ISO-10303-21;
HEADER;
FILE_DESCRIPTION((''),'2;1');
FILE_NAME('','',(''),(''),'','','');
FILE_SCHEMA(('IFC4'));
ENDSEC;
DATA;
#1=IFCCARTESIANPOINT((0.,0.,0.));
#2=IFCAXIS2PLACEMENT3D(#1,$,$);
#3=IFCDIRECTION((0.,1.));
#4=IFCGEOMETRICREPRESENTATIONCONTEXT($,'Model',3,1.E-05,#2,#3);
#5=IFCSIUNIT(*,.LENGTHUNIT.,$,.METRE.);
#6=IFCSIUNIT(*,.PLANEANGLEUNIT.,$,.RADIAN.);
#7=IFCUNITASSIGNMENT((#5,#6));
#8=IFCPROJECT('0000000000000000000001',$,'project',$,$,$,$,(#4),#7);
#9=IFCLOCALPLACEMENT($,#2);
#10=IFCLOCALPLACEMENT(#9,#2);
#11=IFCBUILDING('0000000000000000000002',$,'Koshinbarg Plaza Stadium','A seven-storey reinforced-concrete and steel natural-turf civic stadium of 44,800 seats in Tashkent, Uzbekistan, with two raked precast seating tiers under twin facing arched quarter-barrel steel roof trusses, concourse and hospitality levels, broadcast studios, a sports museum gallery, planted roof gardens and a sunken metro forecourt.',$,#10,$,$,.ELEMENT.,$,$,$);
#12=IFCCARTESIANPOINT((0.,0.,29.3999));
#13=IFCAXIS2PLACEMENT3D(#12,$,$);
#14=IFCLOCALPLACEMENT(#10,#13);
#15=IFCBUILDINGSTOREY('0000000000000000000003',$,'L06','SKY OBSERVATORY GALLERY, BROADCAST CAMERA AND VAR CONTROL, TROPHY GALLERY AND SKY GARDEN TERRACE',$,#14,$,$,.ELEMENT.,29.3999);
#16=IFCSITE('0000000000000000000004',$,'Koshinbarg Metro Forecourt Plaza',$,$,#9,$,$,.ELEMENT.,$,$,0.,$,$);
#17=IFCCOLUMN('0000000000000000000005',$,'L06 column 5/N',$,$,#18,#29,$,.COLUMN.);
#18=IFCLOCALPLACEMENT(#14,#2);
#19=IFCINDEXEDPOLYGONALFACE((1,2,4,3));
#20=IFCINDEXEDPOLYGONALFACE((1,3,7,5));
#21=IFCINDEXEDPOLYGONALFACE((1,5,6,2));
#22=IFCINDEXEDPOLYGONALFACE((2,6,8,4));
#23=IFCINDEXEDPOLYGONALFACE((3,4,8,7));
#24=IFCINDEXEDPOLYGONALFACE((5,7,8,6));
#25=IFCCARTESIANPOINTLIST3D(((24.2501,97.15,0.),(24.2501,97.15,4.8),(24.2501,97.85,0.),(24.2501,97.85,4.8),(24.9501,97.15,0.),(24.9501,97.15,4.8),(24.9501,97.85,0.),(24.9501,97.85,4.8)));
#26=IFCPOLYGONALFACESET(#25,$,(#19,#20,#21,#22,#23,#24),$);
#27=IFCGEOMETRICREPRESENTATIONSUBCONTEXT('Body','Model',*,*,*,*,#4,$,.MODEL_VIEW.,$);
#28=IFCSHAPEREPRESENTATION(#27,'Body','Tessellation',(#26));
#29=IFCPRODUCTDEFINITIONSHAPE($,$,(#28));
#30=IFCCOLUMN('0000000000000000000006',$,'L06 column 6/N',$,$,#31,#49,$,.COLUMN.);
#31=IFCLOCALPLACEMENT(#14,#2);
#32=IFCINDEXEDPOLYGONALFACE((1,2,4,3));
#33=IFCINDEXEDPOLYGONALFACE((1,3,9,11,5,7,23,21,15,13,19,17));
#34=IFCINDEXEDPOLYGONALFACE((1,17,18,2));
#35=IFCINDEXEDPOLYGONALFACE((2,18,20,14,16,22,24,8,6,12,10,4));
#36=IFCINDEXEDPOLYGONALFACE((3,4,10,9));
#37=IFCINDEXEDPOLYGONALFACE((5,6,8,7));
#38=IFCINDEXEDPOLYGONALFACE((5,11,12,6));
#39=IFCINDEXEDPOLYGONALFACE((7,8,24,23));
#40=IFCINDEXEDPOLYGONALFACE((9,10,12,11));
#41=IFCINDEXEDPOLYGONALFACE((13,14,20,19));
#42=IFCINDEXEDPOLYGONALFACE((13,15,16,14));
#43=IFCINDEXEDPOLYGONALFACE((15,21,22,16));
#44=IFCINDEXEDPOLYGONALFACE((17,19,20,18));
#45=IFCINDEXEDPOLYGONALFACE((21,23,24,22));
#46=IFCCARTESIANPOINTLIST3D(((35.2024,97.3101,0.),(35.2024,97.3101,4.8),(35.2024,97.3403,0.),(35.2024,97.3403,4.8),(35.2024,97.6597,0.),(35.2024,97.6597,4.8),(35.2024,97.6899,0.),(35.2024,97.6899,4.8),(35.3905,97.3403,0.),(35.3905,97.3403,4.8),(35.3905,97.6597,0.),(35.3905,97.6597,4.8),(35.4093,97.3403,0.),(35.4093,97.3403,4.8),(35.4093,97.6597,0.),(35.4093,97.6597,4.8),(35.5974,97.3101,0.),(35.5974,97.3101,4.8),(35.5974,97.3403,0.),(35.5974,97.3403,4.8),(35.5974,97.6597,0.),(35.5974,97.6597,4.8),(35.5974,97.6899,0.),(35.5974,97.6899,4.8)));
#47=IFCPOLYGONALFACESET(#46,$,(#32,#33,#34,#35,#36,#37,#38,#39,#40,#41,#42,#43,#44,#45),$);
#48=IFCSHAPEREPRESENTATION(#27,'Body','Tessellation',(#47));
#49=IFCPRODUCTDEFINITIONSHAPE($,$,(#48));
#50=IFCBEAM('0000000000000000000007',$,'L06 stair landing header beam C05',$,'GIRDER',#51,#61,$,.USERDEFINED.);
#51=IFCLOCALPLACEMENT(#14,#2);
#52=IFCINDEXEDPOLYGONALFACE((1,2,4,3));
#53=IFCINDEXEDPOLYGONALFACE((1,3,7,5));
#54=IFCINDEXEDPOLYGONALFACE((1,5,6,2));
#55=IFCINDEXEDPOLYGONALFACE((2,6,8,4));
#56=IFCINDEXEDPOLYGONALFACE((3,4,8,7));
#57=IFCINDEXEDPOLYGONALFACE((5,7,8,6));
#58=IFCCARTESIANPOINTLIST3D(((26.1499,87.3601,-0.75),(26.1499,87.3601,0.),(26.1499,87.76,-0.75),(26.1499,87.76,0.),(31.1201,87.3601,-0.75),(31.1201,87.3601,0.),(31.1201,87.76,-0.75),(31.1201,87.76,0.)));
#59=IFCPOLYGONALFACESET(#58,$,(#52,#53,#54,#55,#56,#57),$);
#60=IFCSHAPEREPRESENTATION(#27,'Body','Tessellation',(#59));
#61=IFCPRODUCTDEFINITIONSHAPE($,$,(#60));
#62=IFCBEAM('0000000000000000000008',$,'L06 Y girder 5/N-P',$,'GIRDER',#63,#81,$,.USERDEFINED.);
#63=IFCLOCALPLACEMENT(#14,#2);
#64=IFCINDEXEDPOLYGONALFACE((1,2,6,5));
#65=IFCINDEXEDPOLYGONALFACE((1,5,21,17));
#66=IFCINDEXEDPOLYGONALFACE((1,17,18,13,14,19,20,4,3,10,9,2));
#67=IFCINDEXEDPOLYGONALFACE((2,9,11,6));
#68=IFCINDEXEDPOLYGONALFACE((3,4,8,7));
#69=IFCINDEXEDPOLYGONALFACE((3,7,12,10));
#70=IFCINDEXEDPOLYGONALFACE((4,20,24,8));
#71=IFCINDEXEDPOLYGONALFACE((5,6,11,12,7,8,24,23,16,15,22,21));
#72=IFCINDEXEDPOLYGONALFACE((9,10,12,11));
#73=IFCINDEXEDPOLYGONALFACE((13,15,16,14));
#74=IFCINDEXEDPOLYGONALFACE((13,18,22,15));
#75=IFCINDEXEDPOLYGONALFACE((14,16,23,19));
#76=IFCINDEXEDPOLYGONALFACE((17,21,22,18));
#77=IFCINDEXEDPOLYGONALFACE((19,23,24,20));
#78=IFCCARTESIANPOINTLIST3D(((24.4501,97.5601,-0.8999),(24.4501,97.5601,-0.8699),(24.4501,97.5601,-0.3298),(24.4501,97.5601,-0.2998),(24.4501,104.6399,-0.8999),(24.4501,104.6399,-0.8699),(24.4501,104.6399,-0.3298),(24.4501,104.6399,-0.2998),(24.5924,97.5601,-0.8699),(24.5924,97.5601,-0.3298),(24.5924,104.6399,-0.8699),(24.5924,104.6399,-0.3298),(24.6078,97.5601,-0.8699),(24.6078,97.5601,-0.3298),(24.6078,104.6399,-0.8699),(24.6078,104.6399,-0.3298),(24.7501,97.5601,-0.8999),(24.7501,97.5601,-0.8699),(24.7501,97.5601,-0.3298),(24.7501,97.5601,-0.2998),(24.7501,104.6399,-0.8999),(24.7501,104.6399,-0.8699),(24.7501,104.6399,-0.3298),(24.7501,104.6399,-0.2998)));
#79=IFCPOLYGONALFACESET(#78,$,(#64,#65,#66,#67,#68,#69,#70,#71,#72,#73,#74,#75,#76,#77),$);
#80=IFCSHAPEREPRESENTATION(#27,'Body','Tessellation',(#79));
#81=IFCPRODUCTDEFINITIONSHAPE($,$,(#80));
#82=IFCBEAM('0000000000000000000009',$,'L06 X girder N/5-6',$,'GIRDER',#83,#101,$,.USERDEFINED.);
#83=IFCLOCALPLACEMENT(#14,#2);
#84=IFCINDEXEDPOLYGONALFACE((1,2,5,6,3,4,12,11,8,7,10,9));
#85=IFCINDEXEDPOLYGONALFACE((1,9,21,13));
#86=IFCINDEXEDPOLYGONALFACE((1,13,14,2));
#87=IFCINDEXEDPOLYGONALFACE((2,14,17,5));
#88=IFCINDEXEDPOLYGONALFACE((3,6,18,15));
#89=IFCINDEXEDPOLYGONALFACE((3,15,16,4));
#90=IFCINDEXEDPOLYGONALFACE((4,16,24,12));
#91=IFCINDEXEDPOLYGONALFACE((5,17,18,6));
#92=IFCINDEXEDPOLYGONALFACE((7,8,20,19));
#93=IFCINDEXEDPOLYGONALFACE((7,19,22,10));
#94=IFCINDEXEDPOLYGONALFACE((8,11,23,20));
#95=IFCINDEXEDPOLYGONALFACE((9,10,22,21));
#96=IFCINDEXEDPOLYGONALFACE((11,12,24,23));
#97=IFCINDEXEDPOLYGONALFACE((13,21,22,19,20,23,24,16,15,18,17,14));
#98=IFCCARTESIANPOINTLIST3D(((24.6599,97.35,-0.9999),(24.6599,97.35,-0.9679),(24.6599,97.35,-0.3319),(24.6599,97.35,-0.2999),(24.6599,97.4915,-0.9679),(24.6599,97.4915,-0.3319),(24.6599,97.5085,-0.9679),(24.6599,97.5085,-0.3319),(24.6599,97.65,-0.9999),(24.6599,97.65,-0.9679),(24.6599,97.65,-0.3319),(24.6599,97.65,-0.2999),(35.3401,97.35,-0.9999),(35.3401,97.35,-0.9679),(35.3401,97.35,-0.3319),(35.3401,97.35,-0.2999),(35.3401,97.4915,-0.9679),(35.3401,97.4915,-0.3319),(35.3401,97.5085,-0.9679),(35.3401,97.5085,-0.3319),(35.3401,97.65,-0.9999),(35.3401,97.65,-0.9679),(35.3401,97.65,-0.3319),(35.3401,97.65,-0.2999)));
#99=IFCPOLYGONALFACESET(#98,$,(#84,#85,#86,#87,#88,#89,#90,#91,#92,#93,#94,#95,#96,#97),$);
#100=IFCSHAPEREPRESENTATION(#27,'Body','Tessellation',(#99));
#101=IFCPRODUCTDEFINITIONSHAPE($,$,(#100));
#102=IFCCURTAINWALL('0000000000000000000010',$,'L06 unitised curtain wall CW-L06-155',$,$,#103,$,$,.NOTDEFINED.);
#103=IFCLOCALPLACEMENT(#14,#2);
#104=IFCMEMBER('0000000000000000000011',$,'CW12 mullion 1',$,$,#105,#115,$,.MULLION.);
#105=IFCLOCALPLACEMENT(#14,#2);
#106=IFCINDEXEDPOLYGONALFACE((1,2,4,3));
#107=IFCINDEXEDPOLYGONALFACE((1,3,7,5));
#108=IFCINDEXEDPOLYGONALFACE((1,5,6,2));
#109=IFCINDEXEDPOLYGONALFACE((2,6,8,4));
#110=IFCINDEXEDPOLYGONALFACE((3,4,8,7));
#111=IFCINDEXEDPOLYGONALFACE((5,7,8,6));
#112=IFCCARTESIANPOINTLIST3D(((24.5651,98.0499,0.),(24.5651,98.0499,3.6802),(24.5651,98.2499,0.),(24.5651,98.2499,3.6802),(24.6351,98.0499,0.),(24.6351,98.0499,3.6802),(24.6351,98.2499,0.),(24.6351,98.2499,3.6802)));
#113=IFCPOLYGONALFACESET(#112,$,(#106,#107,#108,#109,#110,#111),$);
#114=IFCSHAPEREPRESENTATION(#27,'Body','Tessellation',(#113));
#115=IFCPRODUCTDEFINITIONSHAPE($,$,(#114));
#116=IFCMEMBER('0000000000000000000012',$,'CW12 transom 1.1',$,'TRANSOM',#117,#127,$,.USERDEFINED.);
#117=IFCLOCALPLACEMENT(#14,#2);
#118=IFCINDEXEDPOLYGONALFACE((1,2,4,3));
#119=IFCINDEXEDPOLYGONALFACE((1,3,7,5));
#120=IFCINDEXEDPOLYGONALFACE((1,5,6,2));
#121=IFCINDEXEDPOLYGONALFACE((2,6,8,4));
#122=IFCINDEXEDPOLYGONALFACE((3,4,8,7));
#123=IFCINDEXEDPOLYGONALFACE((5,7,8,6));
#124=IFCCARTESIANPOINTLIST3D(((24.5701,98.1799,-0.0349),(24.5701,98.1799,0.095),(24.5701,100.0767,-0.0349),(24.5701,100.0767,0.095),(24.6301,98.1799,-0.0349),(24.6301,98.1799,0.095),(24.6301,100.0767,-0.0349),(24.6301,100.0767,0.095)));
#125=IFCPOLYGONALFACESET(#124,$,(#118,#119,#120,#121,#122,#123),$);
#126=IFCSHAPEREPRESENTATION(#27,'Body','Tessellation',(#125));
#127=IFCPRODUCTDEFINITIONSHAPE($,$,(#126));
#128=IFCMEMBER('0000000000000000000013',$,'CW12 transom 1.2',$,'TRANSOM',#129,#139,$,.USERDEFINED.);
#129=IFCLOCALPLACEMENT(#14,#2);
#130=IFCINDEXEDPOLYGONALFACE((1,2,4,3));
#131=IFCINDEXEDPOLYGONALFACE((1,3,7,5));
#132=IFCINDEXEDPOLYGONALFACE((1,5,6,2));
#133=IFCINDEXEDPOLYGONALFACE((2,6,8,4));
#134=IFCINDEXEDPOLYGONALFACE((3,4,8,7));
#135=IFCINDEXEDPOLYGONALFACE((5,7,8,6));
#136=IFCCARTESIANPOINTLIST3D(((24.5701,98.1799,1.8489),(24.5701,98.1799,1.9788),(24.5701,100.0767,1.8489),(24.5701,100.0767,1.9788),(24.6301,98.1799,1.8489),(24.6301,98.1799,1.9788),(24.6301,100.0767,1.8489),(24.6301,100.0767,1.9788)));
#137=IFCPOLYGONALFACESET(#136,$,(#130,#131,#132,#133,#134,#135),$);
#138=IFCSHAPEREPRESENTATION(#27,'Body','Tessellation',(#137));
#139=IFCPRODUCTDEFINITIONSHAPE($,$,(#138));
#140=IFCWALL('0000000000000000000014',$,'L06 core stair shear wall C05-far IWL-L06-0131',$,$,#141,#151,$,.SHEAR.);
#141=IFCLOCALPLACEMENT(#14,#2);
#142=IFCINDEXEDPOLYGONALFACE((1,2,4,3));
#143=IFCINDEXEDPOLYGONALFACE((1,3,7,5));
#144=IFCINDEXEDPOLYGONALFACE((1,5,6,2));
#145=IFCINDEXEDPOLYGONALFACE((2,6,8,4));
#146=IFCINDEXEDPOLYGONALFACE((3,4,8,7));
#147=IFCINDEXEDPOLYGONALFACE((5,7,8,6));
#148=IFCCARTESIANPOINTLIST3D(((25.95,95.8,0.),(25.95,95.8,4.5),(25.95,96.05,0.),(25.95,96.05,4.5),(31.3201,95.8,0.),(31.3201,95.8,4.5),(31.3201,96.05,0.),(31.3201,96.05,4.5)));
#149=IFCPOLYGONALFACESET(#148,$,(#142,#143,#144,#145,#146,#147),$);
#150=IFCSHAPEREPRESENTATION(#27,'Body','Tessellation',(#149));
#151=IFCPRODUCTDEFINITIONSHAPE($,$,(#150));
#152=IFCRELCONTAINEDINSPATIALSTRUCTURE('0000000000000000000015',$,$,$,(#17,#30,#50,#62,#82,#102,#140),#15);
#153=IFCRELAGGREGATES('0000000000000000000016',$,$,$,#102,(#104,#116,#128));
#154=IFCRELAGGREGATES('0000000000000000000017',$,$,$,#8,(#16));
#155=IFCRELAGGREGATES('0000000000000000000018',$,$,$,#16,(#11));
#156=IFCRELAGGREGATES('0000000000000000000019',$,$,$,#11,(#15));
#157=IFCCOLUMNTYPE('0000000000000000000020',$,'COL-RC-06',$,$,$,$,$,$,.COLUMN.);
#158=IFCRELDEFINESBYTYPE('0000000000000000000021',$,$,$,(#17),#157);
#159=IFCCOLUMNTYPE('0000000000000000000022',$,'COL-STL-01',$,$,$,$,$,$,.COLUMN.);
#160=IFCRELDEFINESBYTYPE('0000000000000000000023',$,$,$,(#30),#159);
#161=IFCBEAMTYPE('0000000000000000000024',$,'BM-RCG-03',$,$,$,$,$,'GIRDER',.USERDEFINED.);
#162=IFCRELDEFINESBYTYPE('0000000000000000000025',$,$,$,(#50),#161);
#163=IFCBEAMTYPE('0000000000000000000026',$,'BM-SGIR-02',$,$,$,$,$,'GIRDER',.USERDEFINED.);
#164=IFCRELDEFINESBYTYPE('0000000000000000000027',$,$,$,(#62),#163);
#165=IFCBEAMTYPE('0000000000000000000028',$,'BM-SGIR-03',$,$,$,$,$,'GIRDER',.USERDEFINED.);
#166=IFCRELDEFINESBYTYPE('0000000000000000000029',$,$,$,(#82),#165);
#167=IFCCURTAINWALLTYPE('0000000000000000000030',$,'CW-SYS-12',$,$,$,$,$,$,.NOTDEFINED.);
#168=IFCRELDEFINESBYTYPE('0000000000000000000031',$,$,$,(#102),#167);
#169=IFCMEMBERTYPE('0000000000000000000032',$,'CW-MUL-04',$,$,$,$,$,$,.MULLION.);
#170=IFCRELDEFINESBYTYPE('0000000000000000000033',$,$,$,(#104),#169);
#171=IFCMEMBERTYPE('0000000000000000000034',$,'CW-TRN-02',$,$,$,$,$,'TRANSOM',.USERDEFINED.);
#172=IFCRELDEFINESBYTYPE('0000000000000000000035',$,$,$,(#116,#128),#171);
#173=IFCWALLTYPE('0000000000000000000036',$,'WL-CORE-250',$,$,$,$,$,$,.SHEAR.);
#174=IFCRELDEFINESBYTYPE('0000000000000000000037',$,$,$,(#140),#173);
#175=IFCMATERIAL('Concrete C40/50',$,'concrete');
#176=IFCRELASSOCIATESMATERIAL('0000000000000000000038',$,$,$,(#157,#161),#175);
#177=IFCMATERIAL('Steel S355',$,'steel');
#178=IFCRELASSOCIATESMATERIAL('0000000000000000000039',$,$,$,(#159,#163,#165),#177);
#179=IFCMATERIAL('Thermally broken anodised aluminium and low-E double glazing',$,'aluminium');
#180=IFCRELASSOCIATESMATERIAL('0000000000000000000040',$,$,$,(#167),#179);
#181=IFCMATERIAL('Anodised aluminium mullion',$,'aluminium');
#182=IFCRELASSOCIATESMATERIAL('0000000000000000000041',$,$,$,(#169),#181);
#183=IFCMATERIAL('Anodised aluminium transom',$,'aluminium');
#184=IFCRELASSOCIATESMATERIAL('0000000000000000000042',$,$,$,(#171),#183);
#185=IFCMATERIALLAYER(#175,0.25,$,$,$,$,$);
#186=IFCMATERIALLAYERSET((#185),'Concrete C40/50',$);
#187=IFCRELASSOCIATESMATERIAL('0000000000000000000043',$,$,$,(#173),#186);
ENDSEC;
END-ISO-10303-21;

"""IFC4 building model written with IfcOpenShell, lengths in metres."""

from ifc_helpers import new_model, si_unit, direction, frame, frame_2d, origin, origin_2d, place, context, subcontext, project, spatial, rectangle, i_section, extrude, material, layer, layer_set, material_profile, profile_set, type_object, element, aggregate, save


model = new_model("IFC4")

# Units and contexts
model_context = context("Model", 3, precision=1e-05, world=origin(), true_north=direction((0.0, 1.0)))
body_context = subcontext(model_context, "Body", "Model", "MODEL_VIEW")
ifc_project = project(units=[si_unit("LENGTHUNIT", "METRE"), si_unit("PLANEANGLEUNIT", "RADIAN")], contexts=[model_context])

# Site, building, storey
site_placement = place(None, origin())
site = spatial("IfcSite", under=ifc_project, at=site_placement, Name="Koshinbarg Metro Forecourt Plaza", CompositionType="ELEMENT", RefElevation=0.0)
building_placement = place(site_placement, origin())
building = spatial("IfcBuilding", under=site, at=building_placement, Name="Koshinbarg Plaza Stadium", Description="A seven-storey reinforced-concrete and steel natural-turf civic stadium of 44,800 seats in Tashkent, Uzbekistan, with two raked precast seating tiers under twin facing arched quarter-barrel steel roof trusses, concourse and hospitality levels, broadcast studios, a sports museum gallery, planted roof gardens and a sunken metro forecourt.", CompositionType="ELEMENT")
storey_placement = place(building_placement, frame((0.0, 0.0, 29.3999)))
storey = spatial("IfcBuildingStorey", under=building, at=storey_placement, Name="L06", Description="SKY OBSERVATORY GALLERY, BROADCAST CAMERA AND VAR CONTROL, TROPHY GALLERY AND SKY GARDEN TERRACE", CompositionType="ELEMENT", Elevation=29.3999)

# Columns
ifc_material_1 = material(Name="Concrete C40/50", Category="concrete")
ifc_material_profile_1 = material_profile(ifc_material_1, rectangle(XDim=0.7, YDim=0.7, at=origin_2d()), Name="RC 700x700")
ifc_profile_set_1 = profile_set([ifc_material_profile_1], Name="Concrete C40/50")
column_type_1 = type_object("IfcColumnType", Name="COL-RC-06", PredefinedType="COLUMN", material=ifc_profile_set_1)
column_1_placement = place(storey_placement, frame((24.6001, 97.5, 0.0), z_axis=(0.0, 0.0, 1.0), x_axis=(1.0, 0.0, 0.0)))
element("IfcColumn", 1, at=column_1_placement, inside=storey, type_object=column_type_1, Name="L06 column 5/N", PredefinedType="COLUMN", context=body_context, shape_type="SweptSolid", body=[
    extrude(rectangle(XDim=0.7, YDim=0.7, at=origin_2d()), origin(), (0.0, 0.0, 1.0), 4.8),
])
ifc_material_2 = material(Name="Steel S355", Category="steel")
ifc_material_profile_2 = material_profile(ifc_material_2, i_section(OverallWidth=0.395, OverallDepth=0.3799, WebThickness=0.0188, FlangeThickness=0.0303, at=origin_2d()), Name="HD 400x237")
ifc_profile_set_2 = profile_set([ifc_material_profile_2], Name="Steel S355")
column_type_2 = type_object("IfcColumnType", Name="COL-STL-01", PredefinedType="COLUMN", material=ifc_profile_set_2)
column_2_placement = place(storey_placement, frame((35.3999, 97.5, 0.0), z_axis=(0.0, 0.0, 1.0), x_axis=(1.0, 0.0, 0.0)))
element("IfcColumn", 2, at=column_2_placement, inside=storey, type_object=column_type_2, Name="L06 column 6/N", PredefinedType="COLUMN", context=body_context, shape_type="SweptSolid", body=[
    extrude(i_section(OverallWidth=0.395, OverallDepth=0.3799, WebThickness=0.0188, FlangeThickness=0.0303, at=origin_2d()), origin(), (0.0, 0.0, 1.0), 4.8),
])

# Beams
ifc_material_profile_3 = material_profile(ifc_material_1, rectangle(XDim=0.3999, YDim=0.75, at=origin_2d()), Name="RC 400x750")
ifc_profile_set_3 = profile_set([ifc_material_profile_3], Name="Concrete C40/50")
beam_type_1 = type_object("IfcBeamType", Name="BM-RCG-03", ElementType="GIRDER", PredefinedType="USERDEFINED", material=ifc_profile_set_3)
beam_1_placement = place(storey_placement, frame((26.1499, 87.5601, -0.375), z_axis=(1.0, 0.0, 0.0), x_axis=(0.0, 1.0, 0.0)))
element("IfcBeam", 3, at=beam_1_placement, inside=storey, type_object=beam_type_1, Name="L06 stair landing header beam C05", ObjectType="GIRDER", PredefinedType="USERDEFINED", context=body_context, shape_type="SweptSolid", body=[
    extrude(rectangle(XDim=0.3999, YDim=0.75, at=origin_2d()), origin(), (0.0, 0.0, 1.0), 4.9702),
])
ifc_material_profile_4 = material_profile(ifc_material_2, i_section(OverallWidth=0.3, OverallDepth=0.6001, WebThickness=0.0154, FlangeThickness=0.03, at=origin_2d()), Name="HEB 600")
ifc_profile_set_4 = profile_set([ifc_material_profile_4], Name="Steel S355")
beam_type_2 = type_object("IfcBeamType", Name="BM-SGIR-02", ElementType="GIRDER", PredefinedType="USERDEFINED", material=ifc_profile_set_4)
beam_2_placement = place(storey_placement, frame((24.6001, 97.5601, -0.5999), z_axis=(0.0, 1.0, 0.0), x_axis=(-1.0, 0.0, 0.0)))
element("IfcBeam", 4, at=beam_2_placement, inside=storey, type_object=beam_type_2, Name="L06 Y girder 5/N-P", ObjectType="GIRDER", PredefinedType="USERDEFINED", context=body_context, shape_type="SweptSolid", body=[
    extrude(i_section(OverallWidth=0.3, OverallDepth=0.6001, WebThickness=0.0154, FlangeThickness=0.03, at=origin_2d()), origin(), (0.0, 0.0, 1.0), 7.0798),
])
ifc_material_profile_5 = material_profile(ifc_material_2, i_section(OverallWidth=0.3, OverallDepth=0.7, WebThickness=0.0171, FlangeThickness=0.032, at=origin_2d()), Name="HEB 700")
ifc_profile_set_5 = profile_set([ifc_material_profile_5], Name="Steel S355")
beam_type_3 = type_object("IfcBeamType", Name="BM-SGIR-03", ElementType="GIRDER", PredefinedType="USERDEFINED", material=ifc_profile_set_5)
beam_3_placement = place(storey_placement, frame((24.6599, 97.5, -0.6499), z_axis=(1.0, 0.0, 0.0), x_axis=(0.0, 1.0, 0.0)))
element("IfcBeam", 5, at=beam_3_placement, inside=storey, type_object=beam_type_3, Name="L06 X girder N/5-6", ObjectType="GIRDER", PredefinedType="USERDEFINED", context=body_context, shape_type="SweptSolid", body=[
    extrude(i_section(OverallWidth=0.3, OverallDepth=0.7, WebThickness=0.0171, FlangeThickness=0.032, at=origin_2d()), origin(), (0.0, 0.0, 1.0), 10.6802),
])

# Curtain wall, members
ifc_material_3 = material(Name="Thermally broken anodised aluminium and low-E double glazing", Category="aluminium")
curtain_wall_type = type_object("IfcCurtainWallType", Name="CW-SYS-12", PredefinedType="NOTDEFINED", material=ifc_material_3)
curtain_wall_placement = place(storey_placement, origin())
curtain_wall = element("IfcCurtainWall", 6, at=curtain_wall_placement, inside=storey, type_object=curtain_wall_type, Name="L06 unitised curtain wall CW-L06-155", PredefinedType="NOTDEFINED")
ifc_material_4 = material(Name="Anodised aluminium mullion", Category="aluminium")
ifc_material_profile_6 = material_profile(ifc_material_4, rectangle(XDim=0.0701, YDim=0.2, at=origin_2d()), Name="ALU 70x200")
ifc_profile_set_6 = profile_set([ifc_material_profile_6], Name="Anodised aluminium mullion")
member_type_1 = type_object("IfcMemberType", Name="CW-MUL-04", PredefinedType="MULLION", material=ifc_profile_set_6)
member_1_placement = place(storey_placement, frame((24.6001, 98.1499, 0.0), z_axis=(0.0, 0.0, 1.0), x_axis=(-1.0, 0.0, 0.0)))
member_1 = element("IfcMember", 7, at=member_1_placement, type_object=member_type_1, Name="CW12 mullion 1", PredefinedType="MULLION", context=body_context, shape_type="SweptSolid", body=[
    extrude(rectangle(XDim=0.0701, YDim=0.2, at=origin_2d()), origin(), (0.0, 0.0, 1.0), 3.6802),
])
ifc_material_5 = material(Name="Anodised aluminium transom", Category="aluminium")
ifc_material_profile_7 = material_profile(ifc_material_5, rectangle(XDim=0.0601, YDim=0.1299, at=origin_2d()), Name="ALU 60x130")
ifc_profile_set_7 = profile_set([ifc_material_profile_7], Name="Anodised aluminium transom")
member_type_2 = type_object("IfcMemberType", Name="CW-TRN-02", ElementType="TRANSOM", PredefinedType="USERDEFINED", material=ifc_profile_set_7)
member_2_placement = place(storey_placement, frame((24.6001, 98.1799, 0.03), z_axis=(0.0, 1.0, 0.0), x_axis=(-1.0, 0.0, 0.0)))
member_2 = element("IfcMember", 8, at=member_2_placement, type_object=member_type_2, Name="CW12 transom 1.1", ObjectType="TRANSOM", PredefinedType="USERDEFINED", context=body_context, shape_type="SweptSolid", body=[
    extrude(rectangle(XDim=0.0601, YDim=0.1299, at=origin_2d()), origin(), (0.0, 0.0, 1.0), 1.8967),
])
member_3_placement = place(storey_placement, frame((24.6001, 98.1799, 1.9138), z_axis=(0.0, 1.0, 0.0), x_axis=(-1.0, 0.0, 0.0)))
member_3 = element("IfcMember", 9, at=member_3_placement, type_object=member_type_2, Name="CW12 transom 1.2", ObjectType="TRANSOM", PredefinedType="USERDEFINED", context=body_context, shape_type="SweptSolid", body=[
    extrude(rectangle(XDim=0.0601, YDim=0.1299, at=origin_2d()), origin(), (0.0, 0.0, 1.0), 1.8967),
])
aggregate(curtain_wall, [member_1, member_2, member_3])

# Wall
ifc_layer_1 = layer(ifc_material_1, 0.25)
ifc_layer_set_1 = layer_set([ifc_layer_1], Name="Concrete C40/50")
wall_type_1 = type_object("IfcWallType", Name="WL-CORE-250", PredefinedType="SHEAR", material=ifc_layer_set_1)
wall_1_placement = place(storey_placement, frame((31.3201, 95.925, 0.0), z_axis=(0.0, 0.0, 1.0), x_axis=(-1.0, 0.0, 0.0)))
element("IfcWall", 10, at=wall_1_placement, inside=storey, type_object=wall_type_1, Name="L06 core stair shear wall C05-far IWL-L06-0131", PredefinedType="SHEAR", context=body_context, shape_type="SweptSolid", body=[
    extrude(rectangle(XDim=5.3701, YDim=0.25, at=frame_2d((2.6851, 0.0))), origin(), (0.0, 0.0, 1.0), 4.5),
])

save(model, "model.ifc")
